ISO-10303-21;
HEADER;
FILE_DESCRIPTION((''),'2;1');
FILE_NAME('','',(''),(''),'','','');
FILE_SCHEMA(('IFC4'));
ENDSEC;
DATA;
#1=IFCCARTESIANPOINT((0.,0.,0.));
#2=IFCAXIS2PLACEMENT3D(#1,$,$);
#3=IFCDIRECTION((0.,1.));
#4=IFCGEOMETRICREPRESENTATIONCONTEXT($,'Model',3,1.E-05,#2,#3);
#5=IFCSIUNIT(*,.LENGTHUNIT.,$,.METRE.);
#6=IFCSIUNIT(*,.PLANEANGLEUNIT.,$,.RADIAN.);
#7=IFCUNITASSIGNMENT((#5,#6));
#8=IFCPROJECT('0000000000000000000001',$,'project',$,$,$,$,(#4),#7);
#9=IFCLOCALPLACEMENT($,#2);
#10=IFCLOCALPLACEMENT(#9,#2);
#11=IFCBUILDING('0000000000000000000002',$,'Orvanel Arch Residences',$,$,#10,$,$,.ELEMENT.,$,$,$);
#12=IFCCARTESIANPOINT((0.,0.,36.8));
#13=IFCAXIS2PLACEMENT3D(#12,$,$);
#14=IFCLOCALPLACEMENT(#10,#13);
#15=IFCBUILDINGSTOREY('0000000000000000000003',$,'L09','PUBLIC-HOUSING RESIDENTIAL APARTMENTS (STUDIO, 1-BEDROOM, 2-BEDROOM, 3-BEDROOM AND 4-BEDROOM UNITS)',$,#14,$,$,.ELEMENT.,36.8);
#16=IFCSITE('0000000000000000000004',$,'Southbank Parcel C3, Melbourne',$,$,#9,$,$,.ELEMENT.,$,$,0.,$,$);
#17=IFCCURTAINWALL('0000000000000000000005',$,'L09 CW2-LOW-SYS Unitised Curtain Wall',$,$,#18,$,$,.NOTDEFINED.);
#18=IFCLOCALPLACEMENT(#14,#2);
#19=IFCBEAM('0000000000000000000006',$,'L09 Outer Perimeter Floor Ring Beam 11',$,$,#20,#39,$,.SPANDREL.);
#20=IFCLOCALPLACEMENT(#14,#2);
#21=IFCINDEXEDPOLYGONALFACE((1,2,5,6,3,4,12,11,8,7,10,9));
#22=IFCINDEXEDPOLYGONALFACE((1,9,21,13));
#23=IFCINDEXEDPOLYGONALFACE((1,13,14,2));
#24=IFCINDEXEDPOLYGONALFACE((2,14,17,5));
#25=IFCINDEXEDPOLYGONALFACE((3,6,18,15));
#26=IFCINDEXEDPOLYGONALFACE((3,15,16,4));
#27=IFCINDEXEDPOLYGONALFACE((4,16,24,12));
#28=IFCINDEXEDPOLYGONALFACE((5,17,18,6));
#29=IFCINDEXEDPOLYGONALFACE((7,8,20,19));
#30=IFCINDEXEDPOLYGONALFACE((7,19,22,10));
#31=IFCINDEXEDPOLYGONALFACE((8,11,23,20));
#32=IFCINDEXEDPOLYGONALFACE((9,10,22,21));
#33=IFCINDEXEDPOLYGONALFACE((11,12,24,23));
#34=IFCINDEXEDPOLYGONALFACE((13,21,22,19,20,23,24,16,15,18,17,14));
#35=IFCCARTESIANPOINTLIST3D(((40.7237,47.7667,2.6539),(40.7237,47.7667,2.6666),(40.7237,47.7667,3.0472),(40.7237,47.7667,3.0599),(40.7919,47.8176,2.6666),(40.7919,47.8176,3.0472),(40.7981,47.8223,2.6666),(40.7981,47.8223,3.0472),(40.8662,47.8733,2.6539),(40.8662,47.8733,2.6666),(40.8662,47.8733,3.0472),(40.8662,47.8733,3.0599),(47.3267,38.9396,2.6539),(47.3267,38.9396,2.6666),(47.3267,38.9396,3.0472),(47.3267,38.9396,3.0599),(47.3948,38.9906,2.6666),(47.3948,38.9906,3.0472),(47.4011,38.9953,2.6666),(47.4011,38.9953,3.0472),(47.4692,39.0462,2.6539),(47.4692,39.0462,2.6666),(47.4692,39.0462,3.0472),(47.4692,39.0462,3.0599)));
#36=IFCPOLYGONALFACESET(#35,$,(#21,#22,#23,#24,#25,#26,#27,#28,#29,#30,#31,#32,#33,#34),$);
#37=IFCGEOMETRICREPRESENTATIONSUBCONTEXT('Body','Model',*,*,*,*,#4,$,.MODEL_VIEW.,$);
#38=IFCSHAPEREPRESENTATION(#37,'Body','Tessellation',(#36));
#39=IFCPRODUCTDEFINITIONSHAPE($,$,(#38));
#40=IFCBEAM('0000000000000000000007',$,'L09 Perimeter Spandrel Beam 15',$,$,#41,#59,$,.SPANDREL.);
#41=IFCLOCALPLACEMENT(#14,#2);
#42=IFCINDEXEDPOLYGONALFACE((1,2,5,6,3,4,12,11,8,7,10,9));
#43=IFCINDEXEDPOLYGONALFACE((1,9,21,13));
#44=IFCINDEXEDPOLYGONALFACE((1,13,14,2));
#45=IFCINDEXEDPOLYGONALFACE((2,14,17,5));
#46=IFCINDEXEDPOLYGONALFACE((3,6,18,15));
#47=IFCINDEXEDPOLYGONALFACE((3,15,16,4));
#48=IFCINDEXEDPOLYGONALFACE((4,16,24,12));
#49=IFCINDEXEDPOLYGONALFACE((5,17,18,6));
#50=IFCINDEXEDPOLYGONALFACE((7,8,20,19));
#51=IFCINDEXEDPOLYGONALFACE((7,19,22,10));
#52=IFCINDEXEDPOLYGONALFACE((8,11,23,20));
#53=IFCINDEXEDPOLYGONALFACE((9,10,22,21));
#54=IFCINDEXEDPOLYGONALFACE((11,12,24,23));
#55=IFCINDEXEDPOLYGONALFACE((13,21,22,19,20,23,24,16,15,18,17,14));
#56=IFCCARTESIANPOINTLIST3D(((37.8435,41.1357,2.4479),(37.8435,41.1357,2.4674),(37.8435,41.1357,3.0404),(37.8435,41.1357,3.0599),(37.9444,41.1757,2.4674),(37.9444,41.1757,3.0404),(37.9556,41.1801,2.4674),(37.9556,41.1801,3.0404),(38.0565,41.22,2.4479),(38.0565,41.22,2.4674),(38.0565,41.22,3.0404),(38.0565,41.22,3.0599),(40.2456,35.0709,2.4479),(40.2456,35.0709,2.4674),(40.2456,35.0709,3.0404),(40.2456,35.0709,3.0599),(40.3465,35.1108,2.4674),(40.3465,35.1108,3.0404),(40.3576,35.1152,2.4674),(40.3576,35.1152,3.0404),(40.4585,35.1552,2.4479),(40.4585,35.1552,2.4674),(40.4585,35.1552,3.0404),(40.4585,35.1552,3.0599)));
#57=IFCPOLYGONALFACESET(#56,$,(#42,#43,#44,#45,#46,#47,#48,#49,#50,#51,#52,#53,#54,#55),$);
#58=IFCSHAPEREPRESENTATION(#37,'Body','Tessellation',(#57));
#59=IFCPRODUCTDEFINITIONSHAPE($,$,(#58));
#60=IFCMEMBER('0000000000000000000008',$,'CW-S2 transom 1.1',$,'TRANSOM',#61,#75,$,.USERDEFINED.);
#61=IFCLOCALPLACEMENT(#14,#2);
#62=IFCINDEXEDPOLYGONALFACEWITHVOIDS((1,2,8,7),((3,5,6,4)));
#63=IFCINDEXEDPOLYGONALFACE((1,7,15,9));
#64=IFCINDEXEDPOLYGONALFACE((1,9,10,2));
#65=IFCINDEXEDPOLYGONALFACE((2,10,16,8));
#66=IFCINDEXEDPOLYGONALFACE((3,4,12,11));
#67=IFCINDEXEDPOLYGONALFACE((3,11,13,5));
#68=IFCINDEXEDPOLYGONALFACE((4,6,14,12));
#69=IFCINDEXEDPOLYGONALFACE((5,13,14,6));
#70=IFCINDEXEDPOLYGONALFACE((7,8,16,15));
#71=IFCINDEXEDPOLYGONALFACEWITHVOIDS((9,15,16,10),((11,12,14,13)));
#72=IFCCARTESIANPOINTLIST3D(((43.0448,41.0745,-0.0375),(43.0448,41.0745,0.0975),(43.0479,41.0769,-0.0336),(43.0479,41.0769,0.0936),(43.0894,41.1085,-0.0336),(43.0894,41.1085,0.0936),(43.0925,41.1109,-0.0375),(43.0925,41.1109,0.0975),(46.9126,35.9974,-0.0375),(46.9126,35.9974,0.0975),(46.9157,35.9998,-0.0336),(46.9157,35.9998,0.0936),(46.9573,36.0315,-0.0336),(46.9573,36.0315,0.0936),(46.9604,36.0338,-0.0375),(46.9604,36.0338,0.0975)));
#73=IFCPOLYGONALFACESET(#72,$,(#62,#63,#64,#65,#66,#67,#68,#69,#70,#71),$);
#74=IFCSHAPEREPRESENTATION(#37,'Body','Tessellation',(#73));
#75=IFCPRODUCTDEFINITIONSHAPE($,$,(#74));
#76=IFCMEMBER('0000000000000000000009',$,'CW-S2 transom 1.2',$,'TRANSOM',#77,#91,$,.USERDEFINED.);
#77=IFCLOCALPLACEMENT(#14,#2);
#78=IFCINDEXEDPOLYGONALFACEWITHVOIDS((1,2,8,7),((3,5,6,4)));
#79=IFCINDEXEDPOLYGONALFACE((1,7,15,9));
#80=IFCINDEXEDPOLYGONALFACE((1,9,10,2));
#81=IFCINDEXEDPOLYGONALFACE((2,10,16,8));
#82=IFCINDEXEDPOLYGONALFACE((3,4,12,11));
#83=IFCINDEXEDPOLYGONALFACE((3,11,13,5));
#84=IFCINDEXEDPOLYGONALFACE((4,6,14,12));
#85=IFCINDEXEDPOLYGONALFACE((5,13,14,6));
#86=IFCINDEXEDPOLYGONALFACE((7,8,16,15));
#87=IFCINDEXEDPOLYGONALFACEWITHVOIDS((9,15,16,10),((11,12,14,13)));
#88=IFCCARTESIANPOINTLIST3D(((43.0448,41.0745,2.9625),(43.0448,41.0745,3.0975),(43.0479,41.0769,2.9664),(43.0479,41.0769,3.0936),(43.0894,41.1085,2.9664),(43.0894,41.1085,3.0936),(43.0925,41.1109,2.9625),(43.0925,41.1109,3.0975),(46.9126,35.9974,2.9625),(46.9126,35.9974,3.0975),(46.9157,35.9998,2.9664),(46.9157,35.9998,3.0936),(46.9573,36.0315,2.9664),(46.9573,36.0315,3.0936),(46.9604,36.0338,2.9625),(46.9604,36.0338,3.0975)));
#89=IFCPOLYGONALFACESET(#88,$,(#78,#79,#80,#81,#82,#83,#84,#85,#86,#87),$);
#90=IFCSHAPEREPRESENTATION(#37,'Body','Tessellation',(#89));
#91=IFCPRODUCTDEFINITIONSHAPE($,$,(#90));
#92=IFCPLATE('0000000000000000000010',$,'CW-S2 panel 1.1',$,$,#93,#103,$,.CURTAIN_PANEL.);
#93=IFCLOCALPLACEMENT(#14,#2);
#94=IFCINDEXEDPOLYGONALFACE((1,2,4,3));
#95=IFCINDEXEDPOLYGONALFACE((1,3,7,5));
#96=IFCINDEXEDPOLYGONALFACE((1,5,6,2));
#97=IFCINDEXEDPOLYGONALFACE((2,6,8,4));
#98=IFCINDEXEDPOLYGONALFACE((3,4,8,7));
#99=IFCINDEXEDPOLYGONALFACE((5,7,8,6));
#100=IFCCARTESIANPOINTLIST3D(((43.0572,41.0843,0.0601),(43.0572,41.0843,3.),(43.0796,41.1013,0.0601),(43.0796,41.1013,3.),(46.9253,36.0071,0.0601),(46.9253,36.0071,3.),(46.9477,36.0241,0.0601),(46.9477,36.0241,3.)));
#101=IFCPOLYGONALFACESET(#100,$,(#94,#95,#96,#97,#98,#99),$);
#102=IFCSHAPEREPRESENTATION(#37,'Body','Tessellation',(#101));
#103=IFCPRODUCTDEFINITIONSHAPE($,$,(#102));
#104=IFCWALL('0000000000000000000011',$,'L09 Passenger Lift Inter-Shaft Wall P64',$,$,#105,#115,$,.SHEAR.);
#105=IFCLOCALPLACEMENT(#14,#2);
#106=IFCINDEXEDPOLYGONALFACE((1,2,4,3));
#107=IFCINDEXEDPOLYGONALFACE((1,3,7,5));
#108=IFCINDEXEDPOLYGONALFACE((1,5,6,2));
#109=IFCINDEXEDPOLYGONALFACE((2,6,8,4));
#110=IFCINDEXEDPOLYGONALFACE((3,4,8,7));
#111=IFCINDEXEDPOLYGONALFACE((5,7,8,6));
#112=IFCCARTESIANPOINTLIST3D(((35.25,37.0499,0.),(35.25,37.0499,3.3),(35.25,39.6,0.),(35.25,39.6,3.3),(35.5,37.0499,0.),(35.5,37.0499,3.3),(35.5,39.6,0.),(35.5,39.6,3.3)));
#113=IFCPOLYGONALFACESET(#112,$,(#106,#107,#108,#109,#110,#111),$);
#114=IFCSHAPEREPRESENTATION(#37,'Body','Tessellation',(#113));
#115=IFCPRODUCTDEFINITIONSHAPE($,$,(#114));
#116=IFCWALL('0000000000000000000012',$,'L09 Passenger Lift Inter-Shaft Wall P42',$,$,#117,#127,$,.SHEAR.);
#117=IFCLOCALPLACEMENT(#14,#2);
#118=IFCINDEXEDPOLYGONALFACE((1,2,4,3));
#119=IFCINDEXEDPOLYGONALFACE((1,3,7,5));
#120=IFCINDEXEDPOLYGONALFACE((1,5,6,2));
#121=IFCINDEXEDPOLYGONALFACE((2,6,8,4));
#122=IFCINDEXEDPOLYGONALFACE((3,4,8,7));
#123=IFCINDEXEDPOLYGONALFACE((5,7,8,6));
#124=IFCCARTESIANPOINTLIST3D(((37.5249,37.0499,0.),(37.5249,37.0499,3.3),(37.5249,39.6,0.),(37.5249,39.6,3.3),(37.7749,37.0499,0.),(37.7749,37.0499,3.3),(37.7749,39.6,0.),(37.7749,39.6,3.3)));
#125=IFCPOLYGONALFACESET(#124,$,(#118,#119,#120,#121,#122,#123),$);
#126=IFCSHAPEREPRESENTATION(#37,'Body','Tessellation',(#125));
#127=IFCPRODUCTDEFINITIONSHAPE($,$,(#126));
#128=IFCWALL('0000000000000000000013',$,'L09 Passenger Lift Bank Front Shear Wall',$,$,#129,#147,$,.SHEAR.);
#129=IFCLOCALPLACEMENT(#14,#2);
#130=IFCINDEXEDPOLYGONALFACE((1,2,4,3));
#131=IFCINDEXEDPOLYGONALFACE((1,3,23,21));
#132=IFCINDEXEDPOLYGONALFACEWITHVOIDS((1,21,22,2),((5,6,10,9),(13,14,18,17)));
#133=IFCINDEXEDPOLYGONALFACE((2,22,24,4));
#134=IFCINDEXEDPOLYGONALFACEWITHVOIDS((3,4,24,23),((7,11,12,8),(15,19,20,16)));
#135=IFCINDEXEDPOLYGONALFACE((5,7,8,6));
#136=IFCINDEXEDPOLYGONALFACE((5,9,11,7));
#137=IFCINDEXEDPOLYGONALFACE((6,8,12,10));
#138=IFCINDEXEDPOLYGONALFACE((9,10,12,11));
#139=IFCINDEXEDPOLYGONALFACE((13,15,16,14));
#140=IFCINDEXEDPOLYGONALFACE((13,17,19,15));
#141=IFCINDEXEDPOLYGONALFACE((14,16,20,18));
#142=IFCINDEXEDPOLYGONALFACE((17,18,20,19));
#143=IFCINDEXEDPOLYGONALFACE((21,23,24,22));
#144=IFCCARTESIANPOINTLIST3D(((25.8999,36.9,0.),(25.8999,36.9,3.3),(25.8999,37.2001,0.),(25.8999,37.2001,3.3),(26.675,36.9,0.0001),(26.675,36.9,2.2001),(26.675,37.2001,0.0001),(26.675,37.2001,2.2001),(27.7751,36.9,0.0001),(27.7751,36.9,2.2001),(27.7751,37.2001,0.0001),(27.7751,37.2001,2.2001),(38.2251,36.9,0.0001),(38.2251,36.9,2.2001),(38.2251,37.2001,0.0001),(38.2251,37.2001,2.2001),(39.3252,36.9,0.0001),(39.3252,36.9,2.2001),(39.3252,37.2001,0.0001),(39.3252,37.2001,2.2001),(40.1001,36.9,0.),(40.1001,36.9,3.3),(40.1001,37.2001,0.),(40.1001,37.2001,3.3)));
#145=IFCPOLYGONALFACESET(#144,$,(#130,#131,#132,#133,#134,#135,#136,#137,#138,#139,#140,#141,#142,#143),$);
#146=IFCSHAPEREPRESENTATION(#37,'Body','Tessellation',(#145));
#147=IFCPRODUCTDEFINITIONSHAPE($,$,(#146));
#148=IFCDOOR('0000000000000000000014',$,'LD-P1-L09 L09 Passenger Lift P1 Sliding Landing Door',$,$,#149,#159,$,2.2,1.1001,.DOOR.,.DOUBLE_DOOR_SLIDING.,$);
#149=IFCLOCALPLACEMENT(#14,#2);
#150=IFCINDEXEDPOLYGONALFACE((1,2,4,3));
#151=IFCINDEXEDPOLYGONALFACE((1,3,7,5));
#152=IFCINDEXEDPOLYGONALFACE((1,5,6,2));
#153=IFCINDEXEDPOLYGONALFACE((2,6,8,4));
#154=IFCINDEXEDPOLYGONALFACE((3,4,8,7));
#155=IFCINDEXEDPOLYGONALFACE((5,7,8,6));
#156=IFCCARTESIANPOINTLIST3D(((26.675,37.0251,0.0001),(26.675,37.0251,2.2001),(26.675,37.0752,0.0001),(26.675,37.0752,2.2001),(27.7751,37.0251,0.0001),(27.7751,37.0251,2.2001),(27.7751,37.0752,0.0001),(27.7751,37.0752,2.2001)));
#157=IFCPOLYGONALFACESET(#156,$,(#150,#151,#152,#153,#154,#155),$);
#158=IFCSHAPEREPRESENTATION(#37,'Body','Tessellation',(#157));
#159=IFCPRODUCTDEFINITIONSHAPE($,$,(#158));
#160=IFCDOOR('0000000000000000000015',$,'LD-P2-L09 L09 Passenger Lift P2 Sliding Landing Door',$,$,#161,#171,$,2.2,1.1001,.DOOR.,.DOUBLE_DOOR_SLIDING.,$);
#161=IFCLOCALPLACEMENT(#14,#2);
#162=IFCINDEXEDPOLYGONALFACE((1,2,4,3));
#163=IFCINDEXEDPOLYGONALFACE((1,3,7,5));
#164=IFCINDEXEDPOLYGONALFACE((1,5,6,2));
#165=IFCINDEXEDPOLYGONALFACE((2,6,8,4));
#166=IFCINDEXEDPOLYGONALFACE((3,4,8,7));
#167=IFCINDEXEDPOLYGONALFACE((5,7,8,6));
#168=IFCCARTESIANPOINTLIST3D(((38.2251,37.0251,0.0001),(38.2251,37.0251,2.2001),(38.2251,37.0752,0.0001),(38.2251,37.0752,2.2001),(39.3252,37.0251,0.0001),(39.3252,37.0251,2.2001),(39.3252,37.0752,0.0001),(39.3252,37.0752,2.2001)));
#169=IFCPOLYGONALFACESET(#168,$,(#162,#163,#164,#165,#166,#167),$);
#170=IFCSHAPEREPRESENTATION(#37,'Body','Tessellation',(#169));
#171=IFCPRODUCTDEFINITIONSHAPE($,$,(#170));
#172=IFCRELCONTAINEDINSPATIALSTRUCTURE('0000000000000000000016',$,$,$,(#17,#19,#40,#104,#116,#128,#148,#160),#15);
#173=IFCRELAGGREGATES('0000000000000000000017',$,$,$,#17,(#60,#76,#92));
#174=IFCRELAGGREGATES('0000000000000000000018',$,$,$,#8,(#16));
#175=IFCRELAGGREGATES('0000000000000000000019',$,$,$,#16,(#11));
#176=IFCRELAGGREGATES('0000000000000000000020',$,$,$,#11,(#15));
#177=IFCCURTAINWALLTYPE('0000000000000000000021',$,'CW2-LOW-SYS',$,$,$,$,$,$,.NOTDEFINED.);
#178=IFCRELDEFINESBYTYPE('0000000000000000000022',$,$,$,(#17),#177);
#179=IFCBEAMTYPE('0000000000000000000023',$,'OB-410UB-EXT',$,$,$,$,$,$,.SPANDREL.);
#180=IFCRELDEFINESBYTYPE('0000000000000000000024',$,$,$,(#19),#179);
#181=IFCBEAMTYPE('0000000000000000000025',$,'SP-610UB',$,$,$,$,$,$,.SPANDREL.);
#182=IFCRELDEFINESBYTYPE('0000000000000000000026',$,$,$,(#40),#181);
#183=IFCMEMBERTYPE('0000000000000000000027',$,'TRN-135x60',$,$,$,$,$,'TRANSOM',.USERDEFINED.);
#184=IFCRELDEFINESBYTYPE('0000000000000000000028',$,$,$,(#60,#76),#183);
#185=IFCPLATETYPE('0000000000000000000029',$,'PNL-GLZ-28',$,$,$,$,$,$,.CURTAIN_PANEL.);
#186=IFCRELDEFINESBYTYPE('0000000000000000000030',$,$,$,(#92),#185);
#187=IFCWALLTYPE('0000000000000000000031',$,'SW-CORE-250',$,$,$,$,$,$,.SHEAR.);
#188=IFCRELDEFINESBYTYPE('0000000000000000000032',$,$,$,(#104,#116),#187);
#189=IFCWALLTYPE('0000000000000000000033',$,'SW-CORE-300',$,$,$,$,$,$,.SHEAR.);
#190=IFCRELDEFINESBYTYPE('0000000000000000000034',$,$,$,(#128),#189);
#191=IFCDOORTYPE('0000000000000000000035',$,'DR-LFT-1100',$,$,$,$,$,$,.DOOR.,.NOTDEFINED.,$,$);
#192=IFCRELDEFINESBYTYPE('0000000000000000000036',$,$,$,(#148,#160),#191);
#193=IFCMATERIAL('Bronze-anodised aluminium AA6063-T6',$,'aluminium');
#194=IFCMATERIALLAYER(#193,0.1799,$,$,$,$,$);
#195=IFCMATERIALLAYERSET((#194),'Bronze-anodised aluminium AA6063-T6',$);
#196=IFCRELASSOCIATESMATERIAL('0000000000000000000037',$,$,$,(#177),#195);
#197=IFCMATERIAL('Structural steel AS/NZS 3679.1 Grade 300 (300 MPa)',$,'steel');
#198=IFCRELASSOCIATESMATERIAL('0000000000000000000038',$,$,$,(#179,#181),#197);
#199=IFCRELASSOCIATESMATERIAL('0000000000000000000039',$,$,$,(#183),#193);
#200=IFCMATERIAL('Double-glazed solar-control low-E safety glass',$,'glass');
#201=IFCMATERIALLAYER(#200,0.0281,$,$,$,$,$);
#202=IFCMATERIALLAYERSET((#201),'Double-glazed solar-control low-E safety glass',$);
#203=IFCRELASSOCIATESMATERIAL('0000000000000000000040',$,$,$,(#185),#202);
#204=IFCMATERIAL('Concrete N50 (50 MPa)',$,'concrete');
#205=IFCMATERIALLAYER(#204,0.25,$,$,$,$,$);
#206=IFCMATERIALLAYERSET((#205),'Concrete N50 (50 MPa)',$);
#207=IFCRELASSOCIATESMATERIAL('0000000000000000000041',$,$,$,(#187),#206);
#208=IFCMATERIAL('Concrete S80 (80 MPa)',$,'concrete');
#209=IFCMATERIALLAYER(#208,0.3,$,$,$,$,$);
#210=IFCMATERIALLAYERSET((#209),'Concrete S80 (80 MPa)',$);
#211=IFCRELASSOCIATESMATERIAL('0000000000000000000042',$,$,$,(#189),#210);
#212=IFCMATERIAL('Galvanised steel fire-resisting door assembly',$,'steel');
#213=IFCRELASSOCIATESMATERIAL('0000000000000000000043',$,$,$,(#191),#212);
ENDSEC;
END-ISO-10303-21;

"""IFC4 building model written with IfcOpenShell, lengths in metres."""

from ifc_helpers import new_model, si_unit, direction, frame, frame_2d, origin, origin_2d, place, context, subcontext, project, spatial, rectangle, hollow_rectangle, i_section, extrude, material, layer, layer_set, material_profile, profile_set, type_object, element, fill, aggregate, save


model = new_model("IFC4")

# Units and contexts
model_context = context("Model", 3, precision=1e-05, world=origin(), true_north=direction((0.0, 1.0)))
body_context = subcontext(model_context, "Body", "Model", "MODEL_VIEW")
ifc_project = project(units=[si_unit("LENGTHUNIT", "METRE"), si_unit("PLANEANGLEUNIT", "RADIAN")], contexts=[model_context])

# Site, building, storey
site_placement = place(None, origin())
site = spatial("IfcSite", under=ifc_project, at=site_placement, Name="Southbank Parcel C3, Melbourne", CompositionType="ELEMENT", RefElevation=0.0)
building_placement = place(site_placement, origin())
building = spatial("IfcBuilding", under=site, at=building_placement, Name="Orvanel Arch Residences", CompositionType="ELEMENT")
storey_placement = place(building_placement, frame((0.0, 0.0, 36.8)))
storey = spatial("IfcBuildingStorey", under=building, at=storey_placement, Name="L09", Description="PUBLIC-HOUSING RESIDENTIAL APARTMENTS (STUDIO, 1-BEDROOM, 2-BEDROOM, 3-BEDROOM AND 4-BEDROOM UNITS)", CompositionType="ELEMENT", Elevation=36.8)

# Shared definitions
ifc_material_1 = material(Name="Structural steel AS/NZS 3679.1 Grade 300 (300 MPa)", Category="steel")

# Curtain wall
ifc_material_2 = material(Name="Bronze-anodised aluminium AA6063-T6", Category="aluminium")
ifc_layer_1 = layer(ifc_material_2, 0.1799)
ifc_layer_set_1 = layer_set([ifc_layer_1], Name="Bronze-anodised aluminium AA6063-T6")
curtain_wall_type = type_object("IfcCurtainWallType", Name="CW2-LOW-SYS", PredefinedType="NOTDEFINED", material=ifc_layer_set_1)
curtain_wall_1_placement = place(storey_placement, origin())
curtain_wall_1 = element("IfcCurtainWall", 1, at=curtain_wall_1_placement, inside=storey, type_object=curtain_wall_type, Name="L09 CW2-LOW-SYS Unitised Curtain Wall", PredefinedType="NOTDEFINED")

# Beams
ifc_material_profile_1 = material_profile(ifc_material_1, i_section(OverallWidth=0.178, OverallDepth=0.406, WebThickness=0.0078, FlangeThickness=0.0127, at=origin_2d()), Name="410UB59.7")
ifc_profile_set_1 = profile_set([ifc_material_profile_1], Name="Structural steel AS/NZS 3679.1 Grade 300 (300 MPa)")
beam_type_1 = type_object("IfcBeamType", Name="OB-410UB-EXT", PredefinedType="SPANDREL", material=ifc_profile_set_1)
beam_1_placement = place(storey_placement, frame((47.3979, 38.9929, 2.8569), z_axis=(-0.598993, 0.800754, 0.0), x_axis=(-0.800754, -0.598993, 0.0)))
element("IfcBeam", 2, at=beam_1_placement, inside=storey, type_object=beam_type_1, Name="L09 Outer Perimeter Floor Ring Beam 11", PredefinedType="SPANDREL", context=body_context, shape_type="SweptSolid", body=[
    extrude(i_section(OverallWidth=0.178, OverallDepth=0.406, WebThickness=0.0078, FlangeThickness=0.0127, at=origin_2d()), origin(), (0.0, 0.0, 1.0), 11.0234),
])
ifc_material_profile_2 = material_profile(ifc_material_1, i_section(OverallWidth=0.229, OverallDepth=0.6121, WebThickness=0.012, FlangeThickness=0.0195, at=origin_2d()), Name="610UB125")
ifc_profile_set_2 = profile_set([ifc_material_profile_2], Name="Structural steel AS/NZS 3679.1 Grade 300 (300 MPa)")
beam_type_2 = type_object("IfcBeamType", Name="SP-610UB", PredefinedType="SPANDREL", material=ifc_profile_set_2)
beam_2_placement = place(storey_placement, frame((40.3521, 35.113, 2.7539), z_axis=(-0.368233, 0.929733, 0.0), x_axis=(-0.929733, -0.368233, 0.0)))
element("IfcBeam", 3, at=beam_2_placement, inside=storey, type_object=beam_type_2, Name="L09 Perimeter Spandrel Beam 15", PredefinedType="SPANDREL", context=body_context, shape_type="SweptSolid", body=[
    extrude(i_section(OverallWidth=0.229, OverallDepth=0.6121, WebThickness=0.012, FlangeThickness=0.0195, at=origin_2d()), origin(), (0.0, 0.0, 1.0), 6.5232),
])

# Members
ifc_material_profile_3 = material_profile(ifc_material_2, hollow_rectangle(XDim=0.0601, YDim=0.135, WallThickness=0.0039, at=origin_2d()), Name="ALU135x60x4")
ifc_profile_set_3 = profile_set([ifc_material_profile_3], Name="Bronze-anodised aluminium AA6063-T6")
member_type_1 = type_object("IfcMemberType", Name="TRN-135x60", ElementType="TRANSOM", PredefinedType="USERDEFINED", material=ifc_profile_set_3)
member_1_placement = place(storey_placement, frame((46.9365, 36.0156, 0.03), z_axis=(-0.606005, 0.795461, 0.0), x_axis=(-0.795461, -0.606005, 0.0)))
member_1 = element("IfcMember", 4, at=member_1_placement, type_object=member_type_1, Name="CW-S2 transom 1.1", ObjectType="TRANSOM", PredefinedType="USERDEFINED", context=body_context, shape_type="SweptSolid", body=[
    extrude(hollow_rectangle(XDim=0.0601, YDim=0.135, WallThickness=0.0039, at=origin_2d()), origin(), (0.0, 0.0, 1.0), 6.3826),
])
member_2_placement = place(storey_placement, frame((46.9365, 36.0156, 3.03), z_axis=(-0.606005, 0.795461, 0.0), x_axis=(-0.795461, -0.606005, 0.0)))
member_2 = element("IfcMember", 5, at=member_2_placement, type_object=member_type_1, Name="CW-S2 transom 1.2", ObjectType="TRANSOM", PredefinedType="USERDEFINED", context=body_context, shape_type="SweptSolid", body=[
    extrude(hollow_rectangle(XDim=0.0601, YDim=0.135, WallThickness=0.0039, at=origin_2d()), origin(), (0.0, 0.0, 1.0), 6.3826),
])

# Plate
ifc_material_3 = material(Name="Double-glazed solar-control low-E safety glass", Category="glass")
ifc_layer_2 = layer(ifc_material_3, 0.0281)
ifc_layer_set_2 = layer_set([ifc_layer_2], Name="Double-glazed solar-control low-E safety glass")
plate_type = type_object("IfcPlateType", Name="PNL-GLZ-28", PredefinedType="CURTAIN_PANEL", material=ifc_layer_set_2)
plate_placement = place(storey_placement, frame((45.0024, 38.5542, 0.0601), z_axis=(0.0, 0.0, 1.0), x_axis=(-0.606017, 0.795452, 0.0)))
plate = element("IfcPlate", 6, at=plate_placement, type_object=plate_type, Name="CW-S2 panel 1.1", PredefinedType="CURTAIN_PANEL", context=body_context, shape_type="SweptSolid", body=[
    extrude(rectangle(XDim=6.3828, YDim=0.0281, at=origin_2d()), origin(), (0.0, 0.0, 1.0), 2.9399),
])
aggregate(curtain_wall_1, [member_1, member_2, plate])

# Walls
ifc_material_4 = material(Name="Concrete N50 (50 MPa)", Category="concrete")
ifc_layer_3 = layer(ifc_material_4, 0.25)
ifc_layer_set_3 = layer_set([ifc_layer_3], Name="Concrete N50 (50 MPa)")
wall_type_1 = type_object("IfcWallType", Name="SW-CORE-250", PredefinedType="SHEAR", material=ifc_layer_set_3)
for number, where, z_axis, x_axis, name in (
    (7, (35.375, 37.05, 0.0), (0.0, 0.0, 1.0), (0.0, 1.0, 0.0), "L09 Passenger Lift Inter-Shaft Wall P64"),
    (8, (37.6499, 37.05, 0.0), (0.0, 0.0, 1.0), (0.0, 1.0, 0.0), "L09 Passenger Lift Inter-Shaft Wall P42"),
):
    element("IfcWall", number, at=place(storey_placement, frame(where, z_axis=z_axis, x_axis=x_axis)), inside=storey, type_object=wall_type_1, Name=name, PredefinedType="SHEAR", context=body_context, shape_type="SweptSolid", body=[
        extrude(rectangle(XDim=2.55, YDim=0.25, at=frame_2d((1.2749, 0.0))), origin(), (0.0, 0.0, 1.0), 3.3),
    ])

# Wall, openings, doors
ifc_material_5 = material(Name="Concrete S80 (80 MPa)", Category="concrete")
ifc_layer_4 = layer(ifc_material_5, 0.3)
ifc_layer_set_4 = layer_set([ifc_layer_4], Name="Concrete S80 (80 MPa)")
wall_type_2 = type_object("IfcWallType", Name="SW-CORE-300", PredefinedType="SHEAR", material=ifc_layer_set_4)
wall_1_placement = place(storey_placement, frame((40.1001, 37.05, 0.0), z_axis=(0.0, 0.0, 1.0), x_axis=(-1.0, 0.0, 0.0)))
wall_1 = element("IfcWall", 9, at=wall_1_placement, inside=storey, type_object=wall_type_2, Name="L09 Passenger Lift Bank Front Shear Wall", PredefinedType="SHEAR", context=body_context, shape_type="SweptSolid", body=[
    extrude(rectangle(XDim=14.2002, YDim=0.3, at=frame_2d((7.1001, 0.0))), origin(), (0.0, 0.0, 1.0), 3.3),
])
opening_1_placement = place(wall_1_placement, frame((12.325, 0.0, 0.0)))
opening_1 = element("IfcOpeningElement", 10, at=opening_1_placement, cuts=wall_1, PredefinedType="OPENING", context=body_context, shape_type="SweptSolid", body=[
    extrude(rectangle(XDim=1.1001, YDim=2.2, at=frame_2d((0.55, 1.1001))), frame((0.0, 0.1599, 0.0), z_axis=(0.0, -1.0, 0.0), x_axis=(1.0, 0.0, 0.0)), (0.0, 0.0, 1.0), 0.3201),
])
opening_2_placement = place(wall_1_placement, frame((0.7749, 0.0, 0.0)))
opening_2 = element("IfcOpeningElement", 11, at=opening_2_placement, cuts=wall_1, PredefinedType="OPENING", context=body_context, shape_type="SweptSolid", body=[
    extrude(rectangle(XDim=1.1001, YDim=2.2, at=frame_2d((0.55, 1.1001))), frame((0.0, 0.1599, 0.0), z_axis=(0.0, -1.0, 0.0), x_axis=(1.0, 0.0, 0.0)), (0.0, 0.0, 1.0), 0.3201),
])
ifc_material_6 = material(Name="Galvanised steel fire-resisting door assembly", Category="steel")
door_type_1 = type_object("IfcDoorType", Name="DR-LFT-1100", OperationType="NOTDEFINED", PredefinedType="DOOR", material=ifc_material_6)
door_1_placement = place(opening_1_placement, origin())
door_1 = element("IfcDoor", 12, at=door_1_placement, inside=storey, type_object=door_type_1, Name="LD-P1-L09 L09 Passenger Lift P1 Sliding Landing Door", OperationType="DOUBLE_DOOR_SLIDING", OverallHeight=2.2, OverallWidth=1.1001, PredefinedType="DOOR", context=body_context, shape_type="SweptSolid", body=[
    extrude(rectangle(XDim=1.1001, YDim=2.2, at=frame_2d((0.55, 1.1001))), frame((0.0, 0.0249, 0.0), z_axis=(0.0, -1.0, 0.0), x_axis=(1.0, 0.0, 0.0)), (0.0, 0.0, 1.0), 0.05),
])
fill(opening_1, door_1)
door_2_placement = place(opening_2_placement, origin())
door_2 = element("IfcDoor", 13, at=door_2_placement, inside=storey, type_object=door_type_1, Name="LD-P2-L09 L09 Passenger Lift P2 Sliding Landing Door", OperationType="DOUBLE_DOOR_SLIDING", OverallHeight=2.2, OverallWidth=1.1001, PredefinedType="DOOR", context=body_context, shape_type="SweptSolid", body=[
    extrude(rectangle(XDim=1.1001, YDim=2.2, at=frame_2d((0.55, 1.1001))), frame((0.0, 0.0249, 0.0), z_axis=(0.0, -1.0, 0.0), x_axis=(1.0, 0.0, 0.0)), (0.0, 0.0, 1.0), 0.05),
])
fill(opening_2, door_2)

save(model, "model.ifc")
